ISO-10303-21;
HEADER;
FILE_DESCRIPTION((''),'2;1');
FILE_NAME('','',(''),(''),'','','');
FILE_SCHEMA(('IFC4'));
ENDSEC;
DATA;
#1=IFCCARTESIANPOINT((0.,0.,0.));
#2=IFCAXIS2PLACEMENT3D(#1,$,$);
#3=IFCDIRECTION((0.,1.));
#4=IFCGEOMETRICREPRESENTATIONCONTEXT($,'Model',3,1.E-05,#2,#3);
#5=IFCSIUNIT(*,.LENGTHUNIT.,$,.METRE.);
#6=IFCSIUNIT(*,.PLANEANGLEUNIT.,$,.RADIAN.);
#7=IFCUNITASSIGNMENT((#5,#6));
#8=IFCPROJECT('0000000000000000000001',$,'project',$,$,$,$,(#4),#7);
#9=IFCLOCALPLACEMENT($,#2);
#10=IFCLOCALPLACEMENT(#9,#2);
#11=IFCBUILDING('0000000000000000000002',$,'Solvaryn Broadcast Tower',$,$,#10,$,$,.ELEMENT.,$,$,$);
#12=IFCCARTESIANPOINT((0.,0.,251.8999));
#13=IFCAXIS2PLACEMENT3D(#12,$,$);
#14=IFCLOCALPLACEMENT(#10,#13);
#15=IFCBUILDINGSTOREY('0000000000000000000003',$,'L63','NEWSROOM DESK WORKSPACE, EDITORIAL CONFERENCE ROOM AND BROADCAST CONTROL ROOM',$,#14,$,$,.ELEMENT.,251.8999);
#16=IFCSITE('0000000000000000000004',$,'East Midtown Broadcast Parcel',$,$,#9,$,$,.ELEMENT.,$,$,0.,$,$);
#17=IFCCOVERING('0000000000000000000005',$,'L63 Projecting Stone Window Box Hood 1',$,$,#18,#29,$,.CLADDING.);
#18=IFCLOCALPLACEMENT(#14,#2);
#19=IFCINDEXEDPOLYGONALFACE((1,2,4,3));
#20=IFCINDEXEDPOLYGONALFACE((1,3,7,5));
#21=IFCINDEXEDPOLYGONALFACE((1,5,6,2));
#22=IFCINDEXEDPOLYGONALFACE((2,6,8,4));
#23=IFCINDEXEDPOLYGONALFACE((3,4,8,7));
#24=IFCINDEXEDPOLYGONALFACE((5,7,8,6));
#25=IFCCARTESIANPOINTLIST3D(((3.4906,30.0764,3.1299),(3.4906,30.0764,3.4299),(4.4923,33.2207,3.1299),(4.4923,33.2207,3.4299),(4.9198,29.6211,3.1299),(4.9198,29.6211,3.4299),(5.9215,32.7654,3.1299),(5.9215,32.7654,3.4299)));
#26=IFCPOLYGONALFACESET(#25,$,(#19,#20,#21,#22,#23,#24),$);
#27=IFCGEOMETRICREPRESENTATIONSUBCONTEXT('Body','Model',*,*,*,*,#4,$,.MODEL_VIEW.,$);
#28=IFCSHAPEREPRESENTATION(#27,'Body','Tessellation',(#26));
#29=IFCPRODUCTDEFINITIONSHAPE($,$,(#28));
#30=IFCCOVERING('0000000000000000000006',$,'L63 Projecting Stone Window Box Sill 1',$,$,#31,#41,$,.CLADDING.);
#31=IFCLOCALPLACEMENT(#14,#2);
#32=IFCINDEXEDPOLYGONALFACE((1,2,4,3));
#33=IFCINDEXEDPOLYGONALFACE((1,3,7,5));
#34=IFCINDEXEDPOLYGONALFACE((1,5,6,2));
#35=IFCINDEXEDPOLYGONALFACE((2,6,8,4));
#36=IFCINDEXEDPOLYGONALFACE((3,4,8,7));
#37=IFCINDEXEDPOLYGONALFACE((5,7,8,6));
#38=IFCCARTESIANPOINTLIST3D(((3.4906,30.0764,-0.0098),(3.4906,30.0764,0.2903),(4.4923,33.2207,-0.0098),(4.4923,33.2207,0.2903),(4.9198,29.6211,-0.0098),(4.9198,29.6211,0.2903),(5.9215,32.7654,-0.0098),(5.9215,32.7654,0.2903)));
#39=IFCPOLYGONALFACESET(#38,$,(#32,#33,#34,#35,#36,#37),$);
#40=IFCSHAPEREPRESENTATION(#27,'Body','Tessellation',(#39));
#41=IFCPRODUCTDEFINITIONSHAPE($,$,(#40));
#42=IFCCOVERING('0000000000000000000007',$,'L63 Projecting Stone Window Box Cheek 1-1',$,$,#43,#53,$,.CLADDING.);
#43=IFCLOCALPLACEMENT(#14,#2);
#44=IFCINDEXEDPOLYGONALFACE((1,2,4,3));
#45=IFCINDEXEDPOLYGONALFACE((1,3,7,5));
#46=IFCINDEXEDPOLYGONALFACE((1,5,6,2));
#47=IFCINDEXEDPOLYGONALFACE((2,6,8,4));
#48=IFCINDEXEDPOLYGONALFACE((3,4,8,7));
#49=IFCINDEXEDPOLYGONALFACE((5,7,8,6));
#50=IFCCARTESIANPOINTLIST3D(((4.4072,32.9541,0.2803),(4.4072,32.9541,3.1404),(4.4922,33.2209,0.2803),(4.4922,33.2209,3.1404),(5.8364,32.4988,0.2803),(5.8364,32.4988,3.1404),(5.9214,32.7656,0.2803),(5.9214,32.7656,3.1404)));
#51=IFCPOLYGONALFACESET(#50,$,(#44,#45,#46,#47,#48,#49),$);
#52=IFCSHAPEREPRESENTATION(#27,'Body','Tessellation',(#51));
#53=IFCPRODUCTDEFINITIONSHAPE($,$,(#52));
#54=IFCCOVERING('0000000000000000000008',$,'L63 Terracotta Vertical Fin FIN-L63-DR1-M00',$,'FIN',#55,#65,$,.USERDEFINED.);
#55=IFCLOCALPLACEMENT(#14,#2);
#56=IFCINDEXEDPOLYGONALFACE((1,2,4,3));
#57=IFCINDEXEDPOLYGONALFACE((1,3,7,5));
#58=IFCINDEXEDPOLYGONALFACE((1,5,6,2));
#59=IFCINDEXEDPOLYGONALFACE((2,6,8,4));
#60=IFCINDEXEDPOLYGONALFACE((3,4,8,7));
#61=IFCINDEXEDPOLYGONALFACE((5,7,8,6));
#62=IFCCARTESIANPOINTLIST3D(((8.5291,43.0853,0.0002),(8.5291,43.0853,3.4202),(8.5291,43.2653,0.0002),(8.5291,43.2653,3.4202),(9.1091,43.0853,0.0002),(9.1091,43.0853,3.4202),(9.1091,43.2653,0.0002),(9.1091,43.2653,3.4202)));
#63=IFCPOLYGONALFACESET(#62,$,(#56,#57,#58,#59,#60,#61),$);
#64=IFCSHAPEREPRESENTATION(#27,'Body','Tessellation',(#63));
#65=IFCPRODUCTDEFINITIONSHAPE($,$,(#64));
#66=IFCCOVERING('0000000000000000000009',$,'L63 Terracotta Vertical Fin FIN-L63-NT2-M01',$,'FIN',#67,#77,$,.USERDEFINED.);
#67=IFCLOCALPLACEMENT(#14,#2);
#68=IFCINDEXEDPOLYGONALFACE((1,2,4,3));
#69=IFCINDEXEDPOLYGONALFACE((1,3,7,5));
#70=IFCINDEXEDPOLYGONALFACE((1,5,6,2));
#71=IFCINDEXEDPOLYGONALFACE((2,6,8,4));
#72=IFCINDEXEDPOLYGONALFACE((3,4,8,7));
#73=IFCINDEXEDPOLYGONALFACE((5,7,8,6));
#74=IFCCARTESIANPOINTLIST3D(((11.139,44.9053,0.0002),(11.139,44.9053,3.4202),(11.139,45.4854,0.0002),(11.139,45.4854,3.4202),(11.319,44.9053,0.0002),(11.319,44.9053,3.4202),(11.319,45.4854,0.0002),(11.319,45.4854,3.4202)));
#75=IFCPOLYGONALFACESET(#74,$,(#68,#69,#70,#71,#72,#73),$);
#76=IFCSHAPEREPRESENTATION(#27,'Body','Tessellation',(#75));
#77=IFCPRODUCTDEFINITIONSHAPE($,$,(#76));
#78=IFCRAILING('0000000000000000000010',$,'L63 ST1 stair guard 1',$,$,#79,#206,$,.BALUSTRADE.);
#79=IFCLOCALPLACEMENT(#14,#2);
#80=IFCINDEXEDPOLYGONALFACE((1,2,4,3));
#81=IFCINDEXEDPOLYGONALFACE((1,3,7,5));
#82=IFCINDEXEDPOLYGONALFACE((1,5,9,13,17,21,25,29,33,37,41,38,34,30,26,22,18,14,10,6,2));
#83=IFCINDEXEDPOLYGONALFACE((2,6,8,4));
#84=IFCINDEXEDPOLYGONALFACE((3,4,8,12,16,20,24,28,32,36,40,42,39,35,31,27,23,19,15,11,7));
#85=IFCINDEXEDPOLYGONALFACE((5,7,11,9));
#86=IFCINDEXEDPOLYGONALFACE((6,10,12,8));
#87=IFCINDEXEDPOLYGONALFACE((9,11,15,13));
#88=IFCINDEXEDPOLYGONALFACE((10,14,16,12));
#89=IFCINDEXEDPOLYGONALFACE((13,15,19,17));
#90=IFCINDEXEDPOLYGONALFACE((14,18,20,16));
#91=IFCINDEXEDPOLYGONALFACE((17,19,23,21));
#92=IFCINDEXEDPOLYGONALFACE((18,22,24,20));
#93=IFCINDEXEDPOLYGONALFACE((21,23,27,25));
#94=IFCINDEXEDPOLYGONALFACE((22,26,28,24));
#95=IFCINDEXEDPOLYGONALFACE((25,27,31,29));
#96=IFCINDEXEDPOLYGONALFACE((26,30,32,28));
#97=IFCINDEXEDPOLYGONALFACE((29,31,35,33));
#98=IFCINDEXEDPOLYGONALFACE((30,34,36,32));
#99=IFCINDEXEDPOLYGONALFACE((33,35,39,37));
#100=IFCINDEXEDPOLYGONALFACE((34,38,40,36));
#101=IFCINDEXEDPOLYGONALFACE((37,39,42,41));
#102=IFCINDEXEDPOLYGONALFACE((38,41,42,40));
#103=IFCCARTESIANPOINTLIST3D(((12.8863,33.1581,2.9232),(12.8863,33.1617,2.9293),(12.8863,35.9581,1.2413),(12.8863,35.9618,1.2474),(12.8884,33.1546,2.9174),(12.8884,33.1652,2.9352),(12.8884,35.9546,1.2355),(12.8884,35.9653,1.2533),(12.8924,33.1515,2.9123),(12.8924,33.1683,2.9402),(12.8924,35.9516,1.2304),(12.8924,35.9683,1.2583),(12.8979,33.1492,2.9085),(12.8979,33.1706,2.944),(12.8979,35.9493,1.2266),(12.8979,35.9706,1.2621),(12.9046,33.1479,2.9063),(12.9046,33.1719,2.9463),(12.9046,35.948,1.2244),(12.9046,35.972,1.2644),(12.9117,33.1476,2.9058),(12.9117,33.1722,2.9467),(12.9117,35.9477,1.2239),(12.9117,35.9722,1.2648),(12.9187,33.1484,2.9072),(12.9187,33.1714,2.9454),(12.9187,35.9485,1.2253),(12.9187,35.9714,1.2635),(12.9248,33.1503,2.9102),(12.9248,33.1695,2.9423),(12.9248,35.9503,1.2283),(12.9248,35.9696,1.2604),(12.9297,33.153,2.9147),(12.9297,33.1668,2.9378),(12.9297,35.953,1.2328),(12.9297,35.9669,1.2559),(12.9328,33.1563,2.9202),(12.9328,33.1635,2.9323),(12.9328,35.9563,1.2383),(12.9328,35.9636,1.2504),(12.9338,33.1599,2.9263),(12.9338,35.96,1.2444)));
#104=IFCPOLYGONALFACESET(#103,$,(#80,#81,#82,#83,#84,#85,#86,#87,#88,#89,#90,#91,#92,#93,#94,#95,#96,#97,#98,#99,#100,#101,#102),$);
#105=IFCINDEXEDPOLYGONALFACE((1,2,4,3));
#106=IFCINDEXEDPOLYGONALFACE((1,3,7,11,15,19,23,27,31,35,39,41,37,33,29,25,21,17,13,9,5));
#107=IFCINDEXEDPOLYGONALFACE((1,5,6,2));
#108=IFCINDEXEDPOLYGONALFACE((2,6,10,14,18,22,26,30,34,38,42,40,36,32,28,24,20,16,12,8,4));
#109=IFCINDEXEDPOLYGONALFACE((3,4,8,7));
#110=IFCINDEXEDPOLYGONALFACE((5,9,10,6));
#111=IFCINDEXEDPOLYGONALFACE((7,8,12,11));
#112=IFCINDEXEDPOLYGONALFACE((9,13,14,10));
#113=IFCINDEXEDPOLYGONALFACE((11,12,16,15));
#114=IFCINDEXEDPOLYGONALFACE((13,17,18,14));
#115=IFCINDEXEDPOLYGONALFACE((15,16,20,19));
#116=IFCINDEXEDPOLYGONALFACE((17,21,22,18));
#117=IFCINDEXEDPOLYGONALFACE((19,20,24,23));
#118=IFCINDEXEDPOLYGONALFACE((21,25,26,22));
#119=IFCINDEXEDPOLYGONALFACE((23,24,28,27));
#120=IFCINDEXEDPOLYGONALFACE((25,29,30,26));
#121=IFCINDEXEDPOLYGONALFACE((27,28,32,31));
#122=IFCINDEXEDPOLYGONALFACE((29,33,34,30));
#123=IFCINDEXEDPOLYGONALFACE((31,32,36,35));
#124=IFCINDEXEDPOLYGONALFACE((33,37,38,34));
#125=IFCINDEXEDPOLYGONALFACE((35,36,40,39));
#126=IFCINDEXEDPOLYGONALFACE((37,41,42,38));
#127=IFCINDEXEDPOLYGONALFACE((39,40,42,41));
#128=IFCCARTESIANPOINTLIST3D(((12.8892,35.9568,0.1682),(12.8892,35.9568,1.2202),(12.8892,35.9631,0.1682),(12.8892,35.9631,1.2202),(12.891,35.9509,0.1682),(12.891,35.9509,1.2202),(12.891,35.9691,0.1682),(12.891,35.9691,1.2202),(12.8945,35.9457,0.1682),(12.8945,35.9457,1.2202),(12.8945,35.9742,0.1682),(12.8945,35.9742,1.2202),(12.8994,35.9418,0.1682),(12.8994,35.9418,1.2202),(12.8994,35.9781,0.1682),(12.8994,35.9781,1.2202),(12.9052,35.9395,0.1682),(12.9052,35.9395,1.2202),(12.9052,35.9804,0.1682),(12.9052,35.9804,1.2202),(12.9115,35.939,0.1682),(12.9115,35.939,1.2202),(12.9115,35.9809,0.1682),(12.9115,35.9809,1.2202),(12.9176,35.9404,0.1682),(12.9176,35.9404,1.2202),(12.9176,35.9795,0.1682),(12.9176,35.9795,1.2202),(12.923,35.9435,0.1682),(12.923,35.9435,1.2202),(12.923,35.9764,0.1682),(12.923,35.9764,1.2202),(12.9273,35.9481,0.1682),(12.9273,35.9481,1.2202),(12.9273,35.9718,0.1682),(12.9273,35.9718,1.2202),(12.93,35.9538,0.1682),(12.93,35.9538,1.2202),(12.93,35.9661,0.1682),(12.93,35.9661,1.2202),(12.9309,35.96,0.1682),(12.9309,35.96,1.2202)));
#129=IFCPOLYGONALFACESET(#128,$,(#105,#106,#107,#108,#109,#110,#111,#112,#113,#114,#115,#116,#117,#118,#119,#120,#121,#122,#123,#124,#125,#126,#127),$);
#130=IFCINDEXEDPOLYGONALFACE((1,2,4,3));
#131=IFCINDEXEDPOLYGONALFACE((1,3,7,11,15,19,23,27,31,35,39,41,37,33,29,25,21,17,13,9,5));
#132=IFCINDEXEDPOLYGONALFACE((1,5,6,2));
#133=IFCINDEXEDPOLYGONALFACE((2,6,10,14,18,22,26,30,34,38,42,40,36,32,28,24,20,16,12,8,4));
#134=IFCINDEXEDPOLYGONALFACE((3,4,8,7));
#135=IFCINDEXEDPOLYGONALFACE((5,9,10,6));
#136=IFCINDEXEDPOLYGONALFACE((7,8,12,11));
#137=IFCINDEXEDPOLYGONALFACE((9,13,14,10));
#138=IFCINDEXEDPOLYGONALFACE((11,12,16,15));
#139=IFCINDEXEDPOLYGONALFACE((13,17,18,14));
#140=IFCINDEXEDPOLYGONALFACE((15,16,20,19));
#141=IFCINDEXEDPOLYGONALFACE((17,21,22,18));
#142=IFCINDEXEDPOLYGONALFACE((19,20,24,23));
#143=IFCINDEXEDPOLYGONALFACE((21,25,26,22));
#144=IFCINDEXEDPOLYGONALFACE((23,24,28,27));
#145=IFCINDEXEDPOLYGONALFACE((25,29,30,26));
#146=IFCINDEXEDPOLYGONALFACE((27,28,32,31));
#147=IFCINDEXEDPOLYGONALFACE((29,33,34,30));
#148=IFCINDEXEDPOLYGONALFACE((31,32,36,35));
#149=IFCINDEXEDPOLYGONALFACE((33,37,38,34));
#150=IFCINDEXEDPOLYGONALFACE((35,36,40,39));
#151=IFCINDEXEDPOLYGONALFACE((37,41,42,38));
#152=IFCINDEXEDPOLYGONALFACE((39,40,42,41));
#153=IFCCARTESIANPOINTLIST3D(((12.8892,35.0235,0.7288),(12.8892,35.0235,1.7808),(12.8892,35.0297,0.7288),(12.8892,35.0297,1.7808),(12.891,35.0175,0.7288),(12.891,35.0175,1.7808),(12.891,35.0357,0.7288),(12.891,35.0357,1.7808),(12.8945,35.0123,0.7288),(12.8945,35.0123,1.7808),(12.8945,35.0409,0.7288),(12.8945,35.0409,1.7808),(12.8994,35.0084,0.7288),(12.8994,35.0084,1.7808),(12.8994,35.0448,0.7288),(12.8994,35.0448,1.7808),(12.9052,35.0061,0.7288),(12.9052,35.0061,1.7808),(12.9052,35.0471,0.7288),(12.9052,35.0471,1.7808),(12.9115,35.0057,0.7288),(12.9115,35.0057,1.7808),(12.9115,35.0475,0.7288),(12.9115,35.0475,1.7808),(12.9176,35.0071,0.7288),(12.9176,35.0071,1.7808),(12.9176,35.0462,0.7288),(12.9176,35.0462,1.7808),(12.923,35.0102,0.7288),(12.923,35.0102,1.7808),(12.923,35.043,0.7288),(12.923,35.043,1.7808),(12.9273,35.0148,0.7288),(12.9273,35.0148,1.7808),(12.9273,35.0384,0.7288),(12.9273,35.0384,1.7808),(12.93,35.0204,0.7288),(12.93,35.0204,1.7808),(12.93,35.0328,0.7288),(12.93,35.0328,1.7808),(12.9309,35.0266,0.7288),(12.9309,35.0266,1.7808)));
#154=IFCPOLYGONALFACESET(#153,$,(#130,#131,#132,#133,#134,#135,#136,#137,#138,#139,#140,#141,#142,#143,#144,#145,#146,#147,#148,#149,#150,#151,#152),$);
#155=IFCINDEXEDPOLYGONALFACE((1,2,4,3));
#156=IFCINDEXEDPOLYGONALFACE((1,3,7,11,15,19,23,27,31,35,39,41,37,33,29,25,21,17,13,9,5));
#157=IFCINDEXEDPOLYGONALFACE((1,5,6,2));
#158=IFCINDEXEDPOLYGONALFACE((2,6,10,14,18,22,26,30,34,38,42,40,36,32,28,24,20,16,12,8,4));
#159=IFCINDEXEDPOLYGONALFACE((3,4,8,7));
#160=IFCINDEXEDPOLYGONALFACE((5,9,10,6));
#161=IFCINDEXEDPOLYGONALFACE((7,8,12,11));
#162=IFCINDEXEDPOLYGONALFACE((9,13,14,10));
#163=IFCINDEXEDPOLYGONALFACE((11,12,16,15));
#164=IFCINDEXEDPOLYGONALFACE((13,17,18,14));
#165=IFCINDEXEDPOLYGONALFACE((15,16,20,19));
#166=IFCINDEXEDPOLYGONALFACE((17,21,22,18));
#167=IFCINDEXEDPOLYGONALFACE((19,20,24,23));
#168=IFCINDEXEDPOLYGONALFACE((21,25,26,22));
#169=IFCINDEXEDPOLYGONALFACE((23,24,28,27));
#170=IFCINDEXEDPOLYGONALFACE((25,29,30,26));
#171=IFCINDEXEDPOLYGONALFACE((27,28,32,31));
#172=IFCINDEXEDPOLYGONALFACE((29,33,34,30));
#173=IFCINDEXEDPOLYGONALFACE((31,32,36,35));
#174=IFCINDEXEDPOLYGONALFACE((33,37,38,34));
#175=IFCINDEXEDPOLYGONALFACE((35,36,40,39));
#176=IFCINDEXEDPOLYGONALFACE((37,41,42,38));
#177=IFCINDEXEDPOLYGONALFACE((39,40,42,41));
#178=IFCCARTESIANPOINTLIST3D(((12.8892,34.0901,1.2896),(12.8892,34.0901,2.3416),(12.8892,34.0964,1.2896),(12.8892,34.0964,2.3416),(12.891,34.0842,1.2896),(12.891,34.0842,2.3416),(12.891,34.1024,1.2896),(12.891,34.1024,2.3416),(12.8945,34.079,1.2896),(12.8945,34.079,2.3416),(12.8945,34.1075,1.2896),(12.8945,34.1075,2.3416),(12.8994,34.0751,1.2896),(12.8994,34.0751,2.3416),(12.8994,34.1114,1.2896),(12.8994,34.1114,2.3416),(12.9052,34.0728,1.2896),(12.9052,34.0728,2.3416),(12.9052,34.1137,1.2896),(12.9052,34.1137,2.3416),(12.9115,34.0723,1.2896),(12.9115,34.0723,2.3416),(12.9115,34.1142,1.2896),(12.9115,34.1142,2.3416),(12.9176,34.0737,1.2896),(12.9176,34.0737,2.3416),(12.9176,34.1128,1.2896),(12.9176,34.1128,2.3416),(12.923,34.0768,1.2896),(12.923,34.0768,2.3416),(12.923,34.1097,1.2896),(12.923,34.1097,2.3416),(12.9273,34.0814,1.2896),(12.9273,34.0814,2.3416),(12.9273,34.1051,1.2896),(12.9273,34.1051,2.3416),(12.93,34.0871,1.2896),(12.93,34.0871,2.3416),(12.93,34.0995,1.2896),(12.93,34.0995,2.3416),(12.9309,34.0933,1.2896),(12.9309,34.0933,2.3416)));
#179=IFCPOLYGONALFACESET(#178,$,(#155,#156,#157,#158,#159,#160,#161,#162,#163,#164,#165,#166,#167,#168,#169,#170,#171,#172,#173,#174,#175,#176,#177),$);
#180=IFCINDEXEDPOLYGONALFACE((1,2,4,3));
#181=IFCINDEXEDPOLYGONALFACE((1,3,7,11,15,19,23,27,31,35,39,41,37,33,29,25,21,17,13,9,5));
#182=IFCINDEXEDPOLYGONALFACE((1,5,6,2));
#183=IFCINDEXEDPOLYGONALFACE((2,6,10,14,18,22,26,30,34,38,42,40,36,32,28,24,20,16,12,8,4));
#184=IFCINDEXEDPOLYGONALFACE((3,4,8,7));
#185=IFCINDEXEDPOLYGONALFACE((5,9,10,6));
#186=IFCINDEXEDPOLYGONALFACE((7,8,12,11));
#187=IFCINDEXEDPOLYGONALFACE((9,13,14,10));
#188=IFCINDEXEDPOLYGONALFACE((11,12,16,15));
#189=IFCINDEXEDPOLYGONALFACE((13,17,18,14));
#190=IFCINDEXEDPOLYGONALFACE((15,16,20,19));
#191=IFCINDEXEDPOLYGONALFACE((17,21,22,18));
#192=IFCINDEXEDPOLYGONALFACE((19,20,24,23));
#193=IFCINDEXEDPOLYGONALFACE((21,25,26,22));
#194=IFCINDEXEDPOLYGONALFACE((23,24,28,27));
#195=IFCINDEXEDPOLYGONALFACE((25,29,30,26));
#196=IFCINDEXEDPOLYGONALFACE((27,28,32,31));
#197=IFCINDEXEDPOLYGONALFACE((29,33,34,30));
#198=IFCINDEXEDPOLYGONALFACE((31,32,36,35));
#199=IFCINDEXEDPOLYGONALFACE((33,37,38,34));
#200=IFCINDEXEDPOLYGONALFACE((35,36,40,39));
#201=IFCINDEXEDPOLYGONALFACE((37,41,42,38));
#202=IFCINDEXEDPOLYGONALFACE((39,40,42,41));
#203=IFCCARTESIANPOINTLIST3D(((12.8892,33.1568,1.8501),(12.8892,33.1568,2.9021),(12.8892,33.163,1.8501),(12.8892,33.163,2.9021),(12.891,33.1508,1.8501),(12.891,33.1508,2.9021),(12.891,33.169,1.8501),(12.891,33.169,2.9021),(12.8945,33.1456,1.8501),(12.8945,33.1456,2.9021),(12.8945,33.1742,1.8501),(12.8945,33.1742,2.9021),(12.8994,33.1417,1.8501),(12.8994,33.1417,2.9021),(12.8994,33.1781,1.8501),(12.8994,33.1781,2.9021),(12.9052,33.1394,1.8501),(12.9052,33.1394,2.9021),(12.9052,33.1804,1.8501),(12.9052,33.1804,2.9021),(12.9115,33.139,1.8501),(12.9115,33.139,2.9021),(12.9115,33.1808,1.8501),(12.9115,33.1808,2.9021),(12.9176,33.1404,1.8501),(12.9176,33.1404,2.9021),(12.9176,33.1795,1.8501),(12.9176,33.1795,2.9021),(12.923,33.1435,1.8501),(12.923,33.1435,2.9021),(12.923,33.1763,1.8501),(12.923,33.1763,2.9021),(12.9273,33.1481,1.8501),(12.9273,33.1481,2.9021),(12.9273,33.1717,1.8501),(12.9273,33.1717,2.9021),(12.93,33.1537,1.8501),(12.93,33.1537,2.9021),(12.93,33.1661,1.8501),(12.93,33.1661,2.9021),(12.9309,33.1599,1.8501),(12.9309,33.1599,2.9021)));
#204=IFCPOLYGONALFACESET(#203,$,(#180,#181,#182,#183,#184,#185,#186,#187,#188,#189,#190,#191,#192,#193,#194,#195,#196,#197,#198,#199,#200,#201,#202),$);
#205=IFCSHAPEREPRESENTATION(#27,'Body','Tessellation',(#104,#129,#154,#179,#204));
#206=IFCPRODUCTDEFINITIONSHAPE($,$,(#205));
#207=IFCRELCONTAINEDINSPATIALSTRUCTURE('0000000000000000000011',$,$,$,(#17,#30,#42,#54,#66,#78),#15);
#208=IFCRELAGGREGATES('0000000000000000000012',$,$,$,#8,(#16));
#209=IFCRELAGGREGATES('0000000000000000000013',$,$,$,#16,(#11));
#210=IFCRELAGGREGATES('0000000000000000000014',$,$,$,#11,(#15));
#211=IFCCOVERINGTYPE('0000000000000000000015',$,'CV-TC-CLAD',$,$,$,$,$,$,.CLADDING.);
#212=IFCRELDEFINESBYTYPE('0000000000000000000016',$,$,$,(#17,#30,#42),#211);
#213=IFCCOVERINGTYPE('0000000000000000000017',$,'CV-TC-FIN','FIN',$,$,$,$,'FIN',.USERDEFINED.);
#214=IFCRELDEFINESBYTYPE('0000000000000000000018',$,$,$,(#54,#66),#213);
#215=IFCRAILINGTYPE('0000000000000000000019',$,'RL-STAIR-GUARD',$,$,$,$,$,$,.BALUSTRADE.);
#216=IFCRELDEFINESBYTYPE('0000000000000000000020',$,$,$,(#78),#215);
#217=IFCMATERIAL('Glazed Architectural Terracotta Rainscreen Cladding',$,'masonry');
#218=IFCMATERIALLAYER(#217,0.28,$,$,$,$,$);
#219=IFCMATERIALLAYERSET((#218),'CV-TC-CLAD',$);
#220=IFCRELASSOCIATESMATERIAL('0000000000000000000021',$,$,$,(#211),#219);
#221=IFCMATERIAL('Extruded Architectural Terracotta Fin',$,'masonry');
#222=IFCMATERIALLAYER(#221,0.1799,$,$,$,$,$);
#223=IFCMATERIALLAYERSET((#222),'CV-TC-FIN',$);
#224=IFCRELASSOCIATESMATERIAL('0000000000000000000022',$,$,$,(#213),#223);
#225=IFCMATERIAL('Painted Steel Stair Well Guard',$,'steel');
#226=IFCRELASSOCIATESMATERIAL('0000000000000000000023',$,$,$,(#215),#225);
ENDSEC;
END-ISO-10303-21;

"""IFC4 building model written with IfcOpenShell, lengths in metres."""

from ifc_helpers import new_model, si_unit, direction, frame, origin, origin_2d, place, context, subcontext, project, spatial, rectangle, circle, extrude, material, layer, layer_set, type_object, element, save


model = new_model("IFC4")

# Units and contexts
model_context = context("Model", 3, precision=1e-05, world=origin(), true_north=direction((0.0, 1.0)))
body_context = subcontext(model_context, "Body", "Model", "MODEL_VIEW")
ifc_project = project(units=[si_unit("LENGTHUNIT", "METRE"), si_unit("PLANEANGLEUNIT", "RADIAN")], contexts=[model_context])

# Site, building, storey
site_placement = place(None, origin())
site = spatial("IfcSite", under=ifc_project, at=site_placement, Name="East Midtown Broadcast Parcel", CompositionType="ELEMENT", RefElevation=0.0)
building_placement = place(site_placement, origin())
building = spatial("IfcBuilding", under=site, at=building_placement, Name="Solvaryn Broadcast Tower", CompositionType="ELEMENT")
storey_placement = place(building_placement, frame((0.0, 0.0, 251.8999)))
storey = spatial("IfcBuildingStorey", under=building, at=storey_placement, Name="L63", Description="NEWSROOM DESK WORKSPACE, EDITORIAL CONFERENCE ROOM AND BROADCAST CONTROL ROOM", CompositionType="ELEMENT", Elevation=251.8999)

# Coverings
ifc_material_1 = material(Name="Glazed Architectural Terracotta Rainscreen Cladding", Category="masonry")
ifc_layer_1 = layer(ifc_material_1, 0.28)
ifc_layer_set_1 = layer_set([ifc_layer_1], Name="CV-TC-CLAD")
covering_type_1 = type_object("IfcCoveringType", Name="CV-TC-CLAD", PredefinedType="CLADDING", material=ifc_layer_set_1)
for number, where, z_axis, x_axis, name in (
    (1, (4.7061, 31.4209, 3.1299), (0.0, 0.0, 1.0), (-0.303534, -0.952821, 0.0), "L63 Projecting Stone Window Box Hood 1"),
    (2, (4.7061, 31.4209, -0.0098), (0.0, 0.0, 1.0), (-0.303534, -0.952821, 0.0), "L63 Projecting Stone Window Box Sill 1"),
):
    element("IfcCovering", number, at=place(storey_placement, frame(where, z_axis=z_axis, x_axis=x_axis)), inside=storey, type_object=covering_type_1, Name=name, PredefinedType="CLADDING", context=body_context, shape_type="SweptSolid", body=[
        extrude(rectangle(XDim=3.3, YDim=1.5, at=origin_2d()), origin(), (0.0, 0.0, 1.0), 0.3),
    ])
covering_1_placement = place(storey_placement, frame((5.1643, 32.8599, 0.2803), z_axis=(0.0, 0.0, 1.0), x_axis=(-0.303534, -0.952821, 0.0)))
element("IfcCovering", 3, at=covering_1_placement, inside=storey, type_object=covering_type_1, Name="L63 Projecting Stone Window Box Cheek 1-1", PredefinedType="CLADDING", context=body_context, shape_type="SweptSolid", body=[
    extrude(rectangle(XDim=0.28, YDim=1.5, at=origin_2d()), origin(), (0.0, 0.0, 1.0), 2.8601),
])
ifc_material_2 = material(Name="Extruded Architectural Terracotta Fin", Category="masonry")
ifc_layer_2 = layer(ifc_material_2, 0.1799)
ifc_layer_set_2 = layer_set([ifc_layer_2], Name="CV-TC-FIN")
covering_type_2 = type_object("IfcCoveringType", Name="CV-TC-FIN", Description="FIN", ElementType="FIN", PredefinedType="USERDEFINED", material=ifc_layer_set_2)
covering_2_placement = place(storey_placement, frame((8.8191, 43.1753, 0.0002), z_axis=(0.0, 0.0, 1.0), x_axis=(1.0, 0.0, 0.0)))
element("IfcCovering", 4, at=covering_2_placement, inside=storey, type_object=covering_type_2, Name="L63 Terracotta Vertical Fin FIN-L63-DR1-M00", ObjectType="FIN", PredefinedType="USERDEFINED", context=body_context, shape_type="SweptSolid", body=[
    extrude(rectangle(XDim=0.5801, YDim=0.1799, at=origin_2d()), origin(), (0.0, 0.0, 1.0), 3.4199),
])
covering_3_placement = place(storey_placement, frame((11.229, 45.1953, 0.0002), z_axis=(0.0, 0.0, 1.0), x_axis=(1.0, 0.0, 0.0)))
element("IfcCovering", 5, at=covering_3_placement, inside=storey, type_object=covering_type_2, Name="L63 Terracotta Vertical Fin FIN-L63-NT2-M01", ObjectType="FIN", PredefinedType="USERDEFINED", context=body_context, shape_type="SweptSolid", body=[
    extrude(rectangle(XDim=0.1799, YDim=0.5801, at=origin_2d()), origin(), (0.0, 0.0, 1.0), 3.4199),
])

# Railing
ifc_material_3 = material(Name="Painted Steel Stair Well Guard", Category="steel")
railing_type_1 = type_object("IfcRailingType", Name="RL-STAIR-GUARD", PredefinedType="BALUSTRADE", material=ifc_material_3)
railing_1_placement = place(storey_placement, frame((12.9099, 35.96, 0.1682)))
element("IfcRailing", 6, at=railing_1_placement, inside=storey, type_object=railing_type_1, Name="L63 ST1 stair guard 1", PredefinedType="BALUSTRADE", context=body_context, shape_type="SweptSolid", body=[
    extrude(circle(Radius=0.0239, at=origin_2d()), frame((0.0, 0.0, 1.0762), z_axis=(0.0, -0.857242, 0.514913), x_axis=(1.0, 0.0, 0.0)), (0.0, 0.0, 1.0), 3.2664),
    extrude(circle(Radius=0.021, at=origin_2d()), origin(), (0.0, 0.0, 1.0), 1.052),
    extrude(circle(Radius=0.021, at=origin_2d()), frame((0.0, -0.9333, 0.5605)), (0.0, 0.0, 1.0), 1.052),
    extrude(circle(Radius=0.021, at=origin_2d()), frame((0.0, -1.8667, 1.1213)), (0.0, 0.0, 1.0), 1.052),
    extrude(circle(Radius=0.021, at=origin_2d()), frame((0.0, -2.8, 1.6819)), (0.0, 0.0, 1.0), 1.052),
])

save(model, "model.ifc")
